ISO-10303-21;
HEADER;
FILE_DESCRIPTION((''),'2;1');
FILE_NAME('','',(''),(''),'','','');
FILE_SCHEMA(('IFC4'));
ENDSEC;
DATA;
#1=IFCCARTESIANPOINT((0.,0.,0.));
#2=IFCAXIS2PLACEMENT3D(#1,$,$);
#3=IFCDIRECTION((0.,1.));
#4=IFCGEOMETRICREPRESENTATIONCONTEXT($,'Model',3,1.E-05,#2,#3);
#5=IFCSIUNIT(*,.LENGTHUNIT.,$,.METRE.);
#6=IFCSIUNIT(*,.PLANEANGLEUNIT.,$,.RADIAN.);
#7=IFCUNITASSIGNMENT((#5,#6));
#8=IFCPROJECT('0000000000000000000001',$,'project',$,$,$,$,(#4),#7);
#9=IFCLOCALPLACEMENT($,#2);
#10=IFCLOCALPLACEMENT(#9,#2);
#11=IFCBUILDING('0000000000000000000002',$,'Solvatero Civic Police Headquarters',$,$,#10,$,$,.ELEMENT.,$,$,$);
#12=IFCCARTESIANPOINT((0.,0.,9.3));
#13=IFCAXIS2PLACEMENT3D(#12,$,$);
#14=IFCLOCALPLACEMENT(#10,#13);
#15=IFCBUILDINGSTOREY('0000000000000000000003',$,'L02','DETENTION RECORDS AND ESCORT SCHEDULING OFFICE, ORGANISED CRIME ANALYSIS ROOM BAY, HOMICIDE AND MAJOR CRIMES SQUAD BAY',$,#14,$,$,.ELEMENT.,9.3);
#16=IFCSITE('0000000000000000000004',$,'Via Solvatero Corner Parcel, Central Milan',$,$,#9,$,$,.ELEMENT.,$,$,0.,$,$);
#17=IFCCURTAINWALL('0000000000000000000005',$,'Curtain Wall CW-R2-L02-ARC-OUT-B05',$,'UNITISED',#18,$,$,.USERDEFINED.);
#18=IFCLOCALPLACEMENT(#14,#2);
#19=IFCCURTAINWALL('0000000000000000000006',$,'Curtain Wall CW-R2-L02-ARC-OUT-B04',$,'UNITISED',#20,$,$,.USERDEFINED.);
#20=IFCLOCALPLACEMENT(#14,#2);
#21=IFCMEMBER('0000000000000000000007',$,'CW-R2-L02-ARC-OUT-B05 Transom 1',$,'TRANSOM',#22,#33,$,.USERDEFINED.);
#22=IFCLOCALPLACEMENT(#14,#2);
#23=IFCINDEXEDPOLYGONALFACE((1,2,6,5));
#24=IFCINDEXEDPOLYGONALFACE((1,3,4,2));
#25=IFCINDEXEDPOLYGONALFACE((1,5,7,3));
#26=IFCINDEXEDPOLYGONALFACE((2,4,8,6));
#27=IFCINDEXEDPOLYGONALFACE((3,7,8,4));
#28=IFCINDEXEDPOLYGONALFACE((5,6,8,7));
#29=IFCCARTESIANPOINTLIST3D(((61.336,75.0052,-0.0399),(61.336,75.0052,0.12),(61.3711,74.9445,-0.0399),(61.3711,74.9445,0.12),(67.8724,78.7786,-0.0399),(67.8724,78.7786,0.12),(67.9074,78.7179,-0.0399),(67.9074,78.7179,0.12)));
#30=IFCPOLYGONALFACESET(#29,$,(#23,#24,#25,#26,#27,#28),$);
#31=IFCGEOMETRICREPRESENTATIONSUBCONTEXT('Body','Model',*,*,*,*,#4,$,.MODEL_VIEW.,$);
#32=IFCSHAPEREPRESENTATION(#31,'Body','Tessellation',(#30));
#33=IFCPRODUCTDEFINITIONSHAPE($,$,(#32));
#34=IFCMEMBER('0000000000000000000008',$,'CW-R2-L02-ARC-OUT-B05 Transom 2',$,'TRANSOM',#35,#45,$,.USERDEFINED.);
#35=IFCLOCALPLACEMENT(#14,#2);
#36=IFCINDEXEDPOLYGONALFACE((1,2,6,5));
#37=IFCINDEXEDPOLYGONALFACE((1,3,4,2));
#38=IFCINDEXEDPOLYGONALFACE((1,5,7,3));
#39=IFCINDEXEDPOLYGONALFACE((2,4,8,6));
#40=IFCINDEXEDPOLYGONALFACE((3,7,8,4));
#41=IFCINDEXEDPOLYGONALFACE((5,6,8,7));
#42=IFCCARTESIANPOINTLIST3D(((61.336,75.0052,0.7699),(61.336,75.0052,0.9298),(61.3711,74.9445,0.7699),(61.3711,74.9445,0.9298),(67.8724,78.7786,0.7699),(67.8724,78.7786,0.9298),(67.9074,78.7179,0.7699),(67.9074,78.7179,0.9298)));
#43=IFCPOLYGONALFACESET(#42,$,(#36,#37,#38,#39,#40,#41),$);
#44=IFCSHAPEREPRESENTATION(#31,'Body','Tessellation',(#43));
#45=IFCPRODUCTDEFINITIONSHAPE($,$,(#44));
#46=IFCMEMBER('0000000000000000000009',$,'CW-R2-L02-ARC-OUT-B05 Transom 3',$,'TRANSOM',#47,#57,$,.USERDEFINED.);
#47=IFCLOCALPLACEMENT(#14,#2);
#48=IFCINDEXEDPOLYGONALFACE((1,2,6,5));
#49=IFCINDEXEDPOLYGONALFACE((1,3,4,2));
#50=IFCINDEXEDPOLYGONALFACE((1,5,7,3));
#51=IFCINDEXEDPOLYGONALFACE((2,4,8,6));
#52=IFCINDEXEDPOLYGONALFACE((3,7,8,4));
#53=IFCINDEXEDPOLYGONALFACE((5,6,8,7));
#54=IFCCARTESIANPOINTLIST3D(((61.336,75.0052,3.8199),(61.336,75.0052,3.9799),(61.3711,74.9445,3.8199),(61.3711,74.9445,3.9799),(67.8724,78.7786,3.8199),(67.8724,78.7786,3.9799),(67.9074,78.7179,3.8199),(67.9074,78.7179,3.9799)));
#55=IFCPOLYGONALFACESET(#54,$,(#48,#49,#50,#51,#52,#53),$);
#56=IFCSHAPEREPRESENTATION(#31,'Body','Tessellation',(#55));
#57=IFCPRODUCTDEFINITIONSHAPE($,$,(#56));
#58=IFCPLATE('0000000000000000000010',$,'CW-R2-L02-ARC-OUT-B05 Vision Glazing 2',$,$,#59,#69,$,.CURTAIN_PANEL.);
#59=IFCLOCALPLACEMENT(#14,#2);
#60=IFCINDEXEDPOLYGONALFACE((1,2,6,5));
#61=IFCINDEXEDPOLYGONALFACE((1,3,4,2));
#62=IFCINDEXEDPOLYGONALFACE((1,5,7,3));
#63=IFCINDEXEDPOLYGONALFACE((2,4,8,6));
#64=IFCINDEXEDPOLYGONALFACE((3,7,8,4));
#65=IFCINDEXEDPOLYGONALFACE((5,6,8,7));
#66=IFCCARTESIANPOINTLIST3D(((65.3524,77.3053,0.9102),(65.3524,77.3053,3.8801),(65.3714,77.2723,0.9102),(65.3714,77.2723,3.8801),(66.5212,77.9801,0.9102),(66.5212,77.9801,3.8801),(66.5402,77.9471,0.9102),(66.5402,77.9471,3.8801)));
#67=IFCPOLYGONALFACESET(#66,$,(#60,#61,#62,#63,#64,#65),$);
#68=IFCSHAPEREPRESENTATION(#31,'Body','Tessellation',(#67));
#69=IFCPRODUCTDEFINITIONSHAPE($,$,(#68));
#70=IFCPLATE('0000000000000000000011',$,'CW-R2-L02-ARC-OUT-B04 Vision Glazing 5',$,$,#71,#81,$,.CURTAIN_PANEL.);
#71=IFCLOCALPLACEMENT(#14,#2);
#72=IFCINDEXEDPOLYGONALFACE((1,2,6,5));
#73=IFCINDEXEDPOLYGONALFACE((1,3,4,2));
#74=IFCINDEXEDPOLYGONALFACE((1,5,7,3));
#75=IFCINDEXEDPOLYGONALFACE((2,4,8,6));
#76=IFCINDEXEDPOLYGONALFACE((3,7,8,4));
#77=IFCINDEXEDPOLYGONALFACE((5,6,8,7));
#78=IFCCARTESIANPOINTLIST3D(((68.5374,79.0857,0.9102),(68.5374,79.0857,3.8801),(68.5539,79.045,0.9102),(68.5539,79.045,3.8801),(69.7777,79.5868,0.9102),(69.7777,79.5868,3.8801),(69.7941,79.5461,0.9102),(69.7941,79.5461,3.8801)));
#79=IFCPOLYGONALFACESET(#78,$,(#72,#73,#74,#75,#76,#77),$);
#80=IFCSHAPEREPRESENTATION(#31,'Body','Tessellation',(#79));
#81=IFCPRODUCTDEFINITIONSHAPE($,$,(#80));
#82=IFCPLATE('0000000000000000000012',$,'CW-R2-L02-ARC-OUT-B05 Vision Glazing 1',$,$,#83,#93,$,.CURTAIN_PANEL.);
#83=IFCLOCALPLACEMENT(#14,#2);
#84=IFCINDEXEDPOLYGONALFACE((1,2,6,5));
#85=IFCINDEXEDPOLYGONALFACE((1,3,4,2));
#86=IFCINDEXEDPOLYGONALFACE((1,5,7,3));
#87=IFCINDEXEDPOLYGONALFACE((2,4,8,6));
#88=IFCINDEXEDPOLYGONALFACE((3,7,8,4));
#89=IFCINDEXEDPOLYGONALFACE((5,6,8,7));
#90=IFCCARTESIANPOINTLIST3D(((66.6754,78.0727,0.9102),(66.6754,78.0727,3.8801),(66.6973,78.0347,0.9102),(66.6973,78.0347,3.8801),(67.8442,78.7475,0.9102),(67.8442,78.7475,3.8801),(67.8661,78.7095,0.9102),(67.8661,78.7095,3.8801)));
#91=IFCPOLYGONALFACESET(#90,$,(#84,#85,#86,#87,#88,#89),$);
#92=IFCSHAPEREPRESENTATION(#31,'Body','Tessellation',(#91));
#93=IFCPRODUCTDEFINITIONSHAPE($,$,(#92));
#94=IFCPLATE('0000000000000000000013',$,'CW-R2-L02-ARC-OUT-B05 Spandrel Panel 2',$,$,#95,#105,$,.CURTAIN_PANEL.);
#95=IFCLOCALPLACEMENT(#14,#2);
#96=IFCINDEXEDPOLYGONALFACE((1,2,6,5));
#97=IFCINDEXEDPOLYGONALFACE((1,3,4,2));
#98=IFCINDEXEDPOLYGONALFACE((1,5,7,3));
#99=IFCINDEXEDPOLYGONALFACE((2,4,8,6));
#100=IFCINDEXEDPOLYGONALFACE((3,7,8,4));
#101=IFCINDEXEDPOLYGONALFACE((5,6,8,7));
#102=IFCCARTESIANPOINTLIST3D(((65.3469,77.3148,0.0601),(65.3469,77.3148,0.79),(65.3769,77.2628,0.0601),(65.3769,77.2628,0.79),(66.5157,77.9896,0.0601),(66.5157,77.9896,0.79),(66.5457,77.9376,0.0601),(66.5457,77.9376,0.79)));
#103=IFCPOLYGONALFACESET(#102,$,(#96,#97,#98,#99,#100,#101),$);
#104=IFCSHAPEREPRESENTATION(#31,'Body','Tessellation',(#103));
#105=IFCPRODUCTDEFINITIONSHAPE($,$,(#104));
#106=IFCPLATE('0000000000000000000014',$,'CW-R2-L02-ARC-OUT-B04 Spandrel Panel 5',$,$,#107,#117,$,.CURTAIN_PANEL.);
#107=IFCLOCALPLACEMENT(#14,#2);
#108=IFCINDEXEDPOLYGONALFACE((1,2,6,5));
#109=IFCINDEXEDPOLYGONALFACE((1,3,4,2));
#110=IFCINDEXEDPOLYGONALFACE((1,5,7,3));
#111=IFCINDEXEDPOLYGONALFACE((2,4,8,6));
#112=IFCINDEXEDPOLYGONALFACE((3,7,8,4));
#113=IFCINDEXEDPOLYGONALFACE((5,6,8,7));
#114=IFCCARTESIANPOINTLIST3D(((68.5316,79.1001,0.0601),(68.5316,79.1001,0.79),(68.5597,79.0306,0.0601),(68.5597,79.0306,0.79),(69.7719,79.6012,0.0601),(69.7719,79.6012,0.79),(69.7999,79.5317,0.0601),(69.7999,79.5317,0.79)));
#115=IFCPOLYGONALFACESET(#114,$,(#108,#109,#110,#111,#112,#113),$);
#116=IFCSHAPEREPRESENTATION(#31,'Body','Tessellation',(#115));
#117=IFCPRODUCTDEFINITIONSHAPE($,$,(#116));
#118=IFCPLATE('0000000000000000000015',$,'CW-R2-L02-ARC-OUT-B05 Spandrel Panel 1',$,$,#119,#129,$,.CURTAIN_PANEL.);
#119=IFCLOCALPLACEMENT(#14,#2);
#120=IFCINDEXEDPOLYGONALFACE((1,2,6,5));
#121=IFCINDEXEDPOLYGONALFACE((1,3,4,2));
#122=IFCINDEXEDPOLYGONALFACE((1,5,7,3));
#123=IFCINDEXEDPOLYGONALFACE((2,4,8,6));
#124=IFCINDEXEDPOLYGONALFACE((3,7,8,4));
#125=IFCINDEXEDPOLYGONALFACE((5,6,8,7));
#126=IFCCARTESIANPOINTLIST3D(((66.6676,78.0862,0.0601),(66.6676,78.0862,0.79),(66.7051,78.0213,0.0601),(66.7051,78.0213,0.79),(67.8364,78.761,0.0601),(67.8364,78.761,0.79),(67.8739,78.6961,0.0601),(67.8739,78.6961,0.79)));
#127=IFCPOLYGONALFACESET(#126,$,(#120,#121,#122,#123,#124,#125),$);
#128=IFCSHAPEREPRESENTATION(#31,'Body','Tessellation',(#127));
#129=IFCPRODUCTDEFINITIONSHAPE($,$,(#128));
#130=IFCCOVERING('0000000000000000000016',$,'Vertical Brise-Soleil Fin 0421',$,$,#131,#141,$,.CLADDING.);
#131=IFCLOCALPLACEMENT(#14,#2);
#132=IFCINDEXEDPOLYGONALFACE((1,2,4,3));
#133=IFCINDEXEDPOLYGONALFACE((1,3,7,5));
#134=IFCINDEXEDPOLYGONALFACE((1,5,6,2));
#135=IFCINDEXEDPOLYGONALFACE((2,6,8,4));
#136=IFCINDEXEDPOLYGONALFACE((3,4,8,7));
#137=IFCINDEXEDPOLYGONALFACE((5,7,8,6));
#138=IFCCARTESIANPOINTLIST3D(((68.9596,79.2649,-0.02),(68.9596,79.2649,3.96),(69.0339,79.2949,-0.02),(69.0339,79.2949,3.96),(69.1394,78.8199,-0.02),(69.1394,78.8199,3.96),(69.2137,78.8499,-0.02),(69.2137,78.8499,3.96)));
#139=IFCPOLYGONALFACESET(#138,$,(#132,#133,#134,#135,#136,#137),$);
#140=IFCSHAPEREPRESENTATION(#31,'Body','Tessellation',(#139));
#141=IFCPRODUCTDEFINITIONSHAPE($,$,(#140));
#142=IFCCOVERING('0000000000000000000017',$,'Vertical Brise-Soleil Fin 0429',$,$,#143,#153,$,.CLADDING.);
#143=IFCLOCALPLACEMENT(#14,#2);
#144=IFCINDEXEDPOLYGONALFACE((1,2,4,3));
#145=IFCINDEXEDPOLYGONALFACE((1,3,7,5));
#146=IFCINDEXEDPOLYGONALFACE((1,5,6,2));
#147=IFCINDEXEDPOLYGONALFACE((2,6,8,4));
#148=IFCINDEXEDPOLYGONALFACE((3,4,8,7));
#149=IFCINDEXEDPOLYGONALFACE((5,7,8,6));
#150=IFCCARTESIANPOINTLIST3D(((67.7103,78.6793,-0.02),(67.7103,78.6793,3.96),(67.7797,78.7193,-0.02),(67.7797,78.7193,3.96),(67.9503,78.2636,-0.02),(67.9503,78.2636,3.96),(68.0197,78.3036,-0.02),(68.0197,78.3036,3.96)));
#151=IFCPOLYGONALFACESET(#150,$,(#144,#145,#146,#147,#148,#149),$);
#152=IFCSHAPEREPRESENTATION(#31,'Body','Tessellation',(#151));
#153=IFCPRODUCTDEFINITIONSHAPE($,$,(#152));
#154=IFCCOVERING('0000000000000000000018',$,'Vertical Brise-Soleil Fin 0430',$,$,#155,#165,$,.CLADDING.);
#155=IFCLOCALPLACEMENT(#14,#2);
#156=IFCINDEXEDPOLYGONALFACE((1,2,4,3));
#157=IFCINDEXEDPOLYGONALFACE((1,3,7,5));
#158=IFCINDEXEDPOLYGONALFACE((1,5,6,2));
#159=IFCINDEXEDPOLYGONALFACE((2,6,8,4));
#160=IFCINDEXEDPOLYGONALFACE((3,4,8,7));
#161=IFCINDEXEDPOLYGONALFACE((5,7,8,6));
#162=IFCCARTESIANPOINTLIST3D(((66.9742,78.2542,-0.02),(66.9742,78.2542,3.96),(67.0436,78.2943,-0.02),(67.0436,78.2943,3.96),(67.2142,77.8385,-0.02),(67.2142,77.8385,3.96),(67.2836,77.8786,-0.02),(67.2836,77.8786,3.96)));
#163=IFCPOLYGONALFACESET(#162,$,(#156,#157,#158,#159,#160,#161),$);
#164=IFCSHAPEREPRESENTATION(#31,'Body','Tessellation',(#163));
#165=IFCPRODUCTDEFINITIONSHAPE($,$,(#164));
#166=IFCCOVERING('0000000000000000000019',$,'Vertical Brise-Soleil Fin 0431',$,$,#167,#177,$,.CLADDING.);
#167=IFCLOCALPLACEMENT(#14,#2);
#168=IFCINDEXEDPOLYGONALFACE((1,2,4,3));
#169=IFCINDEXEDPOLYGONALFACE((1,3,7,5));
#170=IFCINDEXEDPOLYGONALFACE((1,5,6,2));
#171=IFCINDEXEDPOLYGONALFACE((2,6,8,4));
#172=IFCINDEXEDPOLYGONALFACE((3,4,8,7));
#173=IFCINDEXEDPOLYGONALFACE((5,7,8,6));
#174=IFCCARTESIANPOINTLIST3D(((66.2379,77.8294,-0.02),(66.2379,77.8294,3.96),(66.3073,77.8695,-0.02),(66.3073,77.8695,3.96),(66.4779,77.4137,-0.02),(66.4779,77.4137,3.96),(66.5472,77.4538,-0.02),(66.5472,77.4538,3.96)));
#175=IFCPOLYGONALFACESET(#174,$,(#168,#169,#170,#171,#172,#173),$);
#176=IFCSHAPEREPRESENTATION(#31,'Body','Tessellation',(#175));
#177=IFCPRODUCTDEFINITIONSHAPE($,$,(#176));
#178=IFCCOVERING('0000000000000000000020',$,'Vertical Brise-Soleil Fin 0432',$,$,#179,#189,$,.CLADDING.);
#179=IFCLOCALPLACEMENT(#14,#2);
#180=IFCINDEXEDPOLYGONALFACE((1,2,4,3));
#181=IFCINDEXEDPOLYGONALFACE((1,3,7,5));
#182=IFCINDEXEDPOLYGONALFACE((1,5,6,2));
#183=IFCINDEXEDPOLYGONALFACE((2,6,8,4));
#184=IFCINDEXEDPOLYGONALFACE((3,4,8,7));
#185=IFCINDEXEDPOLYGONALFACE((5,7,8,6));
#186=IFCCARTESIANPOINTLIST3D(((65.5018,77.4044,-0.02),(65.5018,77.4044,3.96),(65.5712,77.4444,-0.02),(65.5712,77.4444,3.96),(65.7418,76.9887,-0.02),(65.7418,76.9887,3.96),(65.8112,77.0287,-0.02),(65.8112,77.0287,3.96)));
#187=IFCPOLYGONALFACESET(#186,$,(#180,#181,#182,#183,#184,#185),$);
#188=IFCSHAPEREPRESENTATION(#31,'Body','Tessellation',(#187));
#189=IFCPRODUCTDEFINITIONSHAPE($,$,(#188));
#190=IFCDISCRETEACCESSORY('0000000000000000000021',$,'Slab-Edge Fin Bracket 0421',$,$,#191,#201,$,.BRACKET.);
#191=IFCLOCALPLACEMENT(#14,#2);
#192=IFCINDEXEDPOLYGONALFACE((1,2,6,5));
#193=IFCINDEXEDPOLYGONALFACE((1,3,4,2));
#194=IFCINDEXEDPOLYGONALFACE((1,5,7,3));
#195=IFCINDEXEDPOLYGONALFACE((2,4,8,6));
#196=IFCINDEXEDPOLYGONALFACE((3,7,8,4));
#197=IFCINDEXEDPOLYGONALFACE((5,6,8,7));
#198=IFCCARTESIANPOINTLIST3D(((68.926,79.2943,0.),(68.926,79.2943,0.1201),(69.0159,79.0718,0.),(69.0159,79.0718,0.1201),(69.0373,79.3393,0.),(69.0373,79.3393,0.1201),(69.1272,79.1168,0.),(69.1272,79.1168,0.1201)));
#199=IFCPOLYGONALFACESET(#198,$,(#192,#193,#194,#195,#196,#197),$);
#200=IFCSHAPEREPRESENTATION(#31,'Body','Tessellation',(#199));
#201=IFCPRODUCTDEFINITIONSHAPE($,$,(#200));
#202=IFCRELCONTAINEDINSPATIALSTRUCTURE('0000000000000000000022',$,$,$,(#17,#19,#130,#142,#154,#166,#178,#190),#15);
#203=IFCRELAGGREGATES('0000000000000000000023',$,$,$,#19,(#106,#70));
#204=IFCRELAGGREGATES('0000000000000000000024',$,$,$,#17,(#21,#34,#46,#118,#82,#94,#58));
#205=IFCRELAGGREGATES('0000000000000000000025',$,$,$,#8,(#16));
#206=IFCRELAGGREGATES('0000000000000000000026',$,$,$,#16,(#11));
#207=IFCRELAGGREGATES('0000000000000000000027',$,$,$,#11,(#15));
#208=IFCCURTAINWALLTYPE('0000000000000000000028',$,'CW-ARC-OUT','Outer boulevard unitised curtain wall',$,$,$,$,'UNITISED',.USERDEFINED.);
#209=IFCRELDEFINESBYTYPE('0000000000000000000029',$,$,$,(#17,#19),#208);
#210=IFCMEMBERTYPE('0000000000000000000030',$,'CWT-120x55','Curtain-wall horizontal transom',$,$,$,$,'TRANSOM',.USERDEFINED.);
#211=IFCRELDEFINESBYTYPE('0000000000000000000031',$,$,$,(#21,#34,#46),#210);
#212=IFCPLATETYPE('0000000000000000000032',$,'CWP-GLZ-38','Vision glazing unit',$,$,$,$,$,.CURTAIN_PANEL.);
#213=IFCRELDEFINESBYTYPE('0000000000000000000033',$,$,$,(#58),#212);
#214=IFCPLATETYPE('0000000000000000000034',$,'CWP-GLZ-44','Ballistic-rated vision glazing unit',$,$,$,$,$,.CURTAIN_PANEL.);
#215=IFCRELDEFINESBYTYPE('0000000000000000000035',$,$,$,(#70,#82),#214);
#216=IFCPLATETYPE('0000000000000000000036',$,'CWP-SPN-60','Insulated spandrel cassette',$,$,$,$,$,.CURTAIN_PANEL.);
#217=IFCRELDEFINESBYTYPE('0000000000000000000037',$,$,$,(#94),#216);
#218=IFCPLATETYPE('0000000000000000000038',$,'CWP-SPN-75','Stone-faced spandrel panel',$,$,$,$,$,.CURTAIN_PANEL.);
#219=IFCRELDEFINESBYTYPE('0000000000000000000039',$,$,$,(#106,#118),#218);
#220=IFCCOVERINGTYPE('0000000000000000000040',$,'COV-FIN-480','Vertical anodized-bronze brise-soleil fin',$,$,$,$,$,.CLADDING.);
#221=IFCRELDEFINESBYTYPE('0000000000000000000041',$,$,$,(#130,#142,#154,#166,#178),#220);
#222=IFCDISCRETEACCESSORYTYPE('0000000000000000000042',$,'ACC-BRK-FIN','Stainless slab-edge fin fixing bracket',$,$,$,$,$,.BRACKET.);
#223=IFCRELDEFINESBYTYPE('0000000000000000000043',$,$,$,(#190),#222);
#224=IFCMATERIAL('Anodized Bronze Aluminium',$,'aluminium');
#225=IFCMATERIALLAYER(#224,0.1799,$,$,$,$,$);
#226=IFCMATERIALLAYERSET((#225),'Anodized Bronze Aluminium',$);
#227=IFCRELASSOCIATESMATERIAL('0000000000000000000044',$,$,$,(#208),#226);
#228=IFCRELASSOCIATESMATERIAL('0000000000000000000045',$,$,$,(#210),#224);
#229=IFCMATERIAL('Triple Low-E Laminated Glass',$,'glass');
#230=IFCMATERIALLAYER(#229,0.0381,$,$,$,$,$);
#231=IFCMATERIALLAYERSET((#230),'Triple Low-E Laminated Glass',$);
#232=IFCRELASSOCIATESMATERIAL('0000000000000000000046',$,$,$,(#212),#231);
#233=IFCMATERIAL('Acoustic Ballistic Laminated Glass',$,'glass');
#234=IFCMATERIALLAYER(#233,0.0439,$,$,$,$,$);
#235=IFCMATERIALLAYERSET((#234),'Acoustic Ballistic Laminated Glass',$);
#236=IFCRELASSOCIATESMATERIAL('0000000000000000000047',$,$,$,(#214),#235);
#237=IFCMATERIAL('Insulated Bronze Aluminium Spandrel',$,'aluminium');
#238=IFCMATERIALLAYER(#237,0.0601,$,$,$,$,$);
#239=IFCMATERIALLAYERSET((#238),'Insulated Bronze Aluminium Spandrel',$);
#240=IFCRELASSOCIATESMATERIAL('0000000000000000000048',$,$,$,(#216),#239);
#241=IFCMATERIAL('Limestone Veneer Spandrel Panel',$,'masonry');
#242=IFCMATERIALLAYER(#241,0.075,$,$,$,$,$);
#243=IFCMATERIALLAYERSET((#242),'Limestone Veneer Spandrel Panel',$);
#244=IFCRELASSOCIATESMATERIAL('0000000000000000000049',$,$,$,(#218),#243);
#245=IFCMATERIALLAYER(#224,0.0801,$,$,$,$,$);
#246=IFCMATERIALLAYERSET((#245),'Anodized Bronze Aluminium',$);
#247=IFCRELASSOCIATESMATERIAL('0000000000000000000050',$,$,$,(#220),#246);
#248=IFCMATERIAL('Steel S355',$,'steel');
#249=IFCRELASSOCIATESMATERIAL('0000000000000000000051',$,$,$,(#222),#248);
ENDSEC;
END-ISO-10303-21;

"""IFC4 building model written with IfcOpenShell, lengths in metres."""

from ifc_helpers import new_model, si_unit, direction, frame, origin, origin_2d, place, context, subcontext, project, spatial, rectangle, extrude, material, layer, layer_set, material_profile, profile_set, type_object, element, aggregate, save


model = new_model("IFC4")

# Units and contexts
model_context = context("Model", 3, precision=1e-05, world=origin(), true_north=direction((0.0, 1.0)))
body_context = subcontext(model_context, "Body", "Model", "MODEL_VIEW")
ifc_project = project(units=[si_unit("LENGTHUNIT", "METRE"), si_unit("PLANEANGLEUNIT", "RADIAN")], contexts=[model_context])

# Site, building, storey
site_placement = place(None, origin())
site = spatial("IfcSite", under=ifc_project, at=site_placement, Name="Via Solvatero Corner Parcel, Central Milan", CompositionType="ELEMENT", RefElevation=0.0)
building_placement = place(site_placement, origin())
building = spatial("IfcBuilding", under=site, at=building_placement, Name="Solvatero Civic Police Headquarters", CompositionType="ELEMENT")
storey_placement = place(building_placement, frame((0.0, 0.0, 9.3)))
storey = spatial("IfcBuildingStorey", under=building, at=storey_placement, Name="L02", Description="DETENTION RECORDS AND ESCORT SCHEDULING OFFICE, ORGANISED CRIME ANALYSIS ROOM BAY, HOMICIDE AND MAJOR CRIMES SQUAD BAY", CompositionType="ELEMENT", Elevation=9.3)

# Shared definitions
ifc_material_1 = material(Name="Steel S355", Category="steel")

# Curtain wall
ifc_material_2 = material(Name="Anodized Bronze Aluminium", Category="aluminium")
ifc_layer_1 = layer(ifc_material_2, 0.1799)
ifc_layer_set_1 = layer_set([ifc_layer_1], Name="Anodized Bronze Aluminium")
curtain_wall_type = type_object("IfcCurtainWallType", Name="CW-ARC-OUT", Description="Outer boulevard unitised curtain wall", ElementType="UNITISED", PredefinedType="USERDEFINED", material=ifc_layer_set_1)
curtain_wall_1_placement = place(storey_placement, origin())
curtain_wall_1 = element("IfcCurtainWall", 1, at=curtain_wall_1_placement, inside=storey, type_object=curtain_wall_type, Name="Curtain Wall CW-R2-L02-ARC-OUT-B05", ObjectType="UNITISED", PredefinedType="USERDEFINED")

# Curtain wall
curtain_wall_2_placement = place(storey_placement, origin())
curtain_wall_2 = element("IfcCurtainWall", 2, at=curtain_wall_2_placement, inside=storey, type_object=curtain_wall_type, Name="Curtain Wall CW-R2-L02-ARC-OUT-B04", ObjectType="UNITISED", PredefinedType="USERDEFINED")

# Members
ifc_material_profile_1 = material_profile(ifc_material_2, rectangle(XDim=0.0701, YDim=0.1599, at=origin_2d()), Name="ALU TRANSOM 70x160")
ifc_profile_set_1 = profile_set([ifc_material_profile_1], Name="Anodized Bronze Aluminium")
member_type_1 = type_object("IfcMemberType", Name="CWT-120x55", Description="Curtain-wall horizontal transom", ElementType="TRANSOM", PredefinedType="USERDEFINED", material=ifc_profile_set_1)
member_1_placement = place(storey_placement, frame((67.8899, 78.7483, 0.04), z_axis=(-0.866045, -0.499966, 0.0), x_axis=(0.499966, -0.866045, 0.0)))
member_1 = element("IfcMember", 3, at=member_1_placement, type_object=member_type_1, Name="CW-R2-L02-ARC-OUT-B05 Transom 1", ObjectType="TRANSOM", PredefinedType="USERDEFINED", context=body_context, shape_type="SweptSolid", body=[
    extrude(rectangle(XDim=0.0701, YDim=0.1599, at=origin_2d()), origin(), (0.0, 0.0, 1.0), 7.5474),
])
member_2_placement = place(storey_placement, frame((67.8899, 78.7483, 0.8499), z_axis=(-0.866045, -0.499966, 0.0), x_axis=(0.499966, -0.866045, 0.0)))
member_2 = element("IfcMember", 4, at=member_2_placement, type_object=member_type_1, Name="CW-R2-L02-ARC-OUT-B05 Transom 2", ObjectType="TRANSOM", PredefinedType="USERDEFINED", context=body_context, shape_type="SweptSolid", body=[
    extrude(rectangle(XDim=0.0701, YDim=0.1599, at=origin_2d()), origin(), (0.0, 0.0, 1.0), 7.5474),
])
member_3_placement = place(storey_placement, frame((67.8899, 78.7483, 3.8999), z_axis=(-0.866045, -0.499966, 0.0), x_axis=(0.499966, -0.866045, 0.0)))
member_3 = element("IfcMember", 5, at=member_3_placement, type_object=member_type_1, Name="CW-R2-L02-ARC-OUT-B05 Transom 3", ObjectType="TRANSOM", PredefinedType="USERDEFINED", context=body_context, shape_type="SweptSolid", body=[
    extrude(rectangle(XDim=0.0701, YDim=0.1599, at=origin_2d()), origin(), (0.0, 0.0, 1.0), 7.5474),
])

# Plates
ifc_material_3 = material(Name="Triple Low-E Laminated Glass", Category="glass")
ifc_layer_2 = layer(ifc_material_3, 0.0381)
ifc_layer_set_2 = layer_set([ifc_layer_2], Name="Triple Low-E Laminated Glass")
plate_type_1 = type_object("IfcPlateType", Name="CWP-GLZ-38", Description="Vision glazing unit", PredefinedType="CURTAIN_PANEL", material=ifc_layer_set_2)
plate_1_placement = place(storey_placement, frame((65.9463, 77.6262, 0.9102), z_axis=(0.0, 0.0, 1.0), x_axis=(-0.866025, -0.5, 0.0)))
plate_1 = element("IfcPlate", 6, at=plate_1_placement, type_object=plate_type_1, Name="CW-R2-L02-ARC-OUT-B05 Vision Glazing 2", PredefinedType="CURTAIN_PANEL", context=body_context, shape_type="SweptSolid", body=[
    extrude(rectangle(XDim=1.3496, YDim=0.0381, at=origin_2d()), origin(), (0.0, 0.0, 1.0), 2.97),
])
ifc_material_4 = material(Name="Acoustic Ballistic Laminated Glass", Category="glass")
ifc_layer_3 = layer(ifc_material_4, 0.0439)
ifc_layer_set_3 = layer_set([ifc_layer_3], Name="Acoustic Ballistic Laminated Glass")
plate_type_2 = type_object("IfcPlateType", Name="CWP-GLZ-44", Description="Ballistic-rated vision glazing unit", PredefinedType="CURTAIN_PANEL", material=ifc_layer_set_3)
plate_2_placement = place(storey_placement, frame((69.1658, 79.3159, 0.9102), z_axis=(0.0, 0.0, 1.0), x_axis=(-0.927184, -0.374607, 0.0)))
plate_2 = element("IfcPlate", 7, at=plate_2_placement, type_object=plate_type_2, Name="CW-R2-L02-ARC-OUT-B04 Vision Glazing 5", PredefinedType="CURTAIN_PANEL", context=body_context, shape_type="SweptSolid", body=[
    extrude(rectangle(XDim=1.3376, YDim=0.0439, at=origin_2d()), origin(), (0.0, 0.0, 1.0), 2.97),
])
plate_3_placement = place(storey_placement, frame((67.2708, 78.3911, 0.9102), z_axis=(0.0, 0.0, 1.0), x_axis=(-0.866025, -0.5, 0.0)))
plate_3 = element("IfcPlate", 8, at=plate_3_placement, type_object=plate_type_2, Name="CW-R2-L02-ARC-OUT-B05 Vision Glazing 1", PredefinedType="CURTAIN_PANEL", context=body_context, shape_type="SweptSolid", body=[
    extrude(rectangle(XDim=1.3496, YDim=0.0439, at=origin_2d()), origin(), (0.0, 0.0, 1.0), 2.97),
])
ifc_material_5 = material(Name="Insulated Bronze Aluminium Spandrel", Category="aluminium")
ifc_layer_4 = layer(ifc_material_5, 0.0601)
ifc_layer_set_4 = layer_set([ifc_layer_4], Name="Insulated Bronze Aluminium Spandrel")
plate_type_3 = type_object("IfcPlateType", Name="CWP-SPN-60", Description="Insulated spandrel cassette", PredefinedType="CURTAIN_PANEL", material=ifc_layer_set_4)
plate_4_placement = place(storey_placement, frame((65.9463, 77.6262, 0.0601), z_axis=(0.0, 0.0, 1.0), x_axis=(-0.866025, -0.5, 0.0)))
plate_4 = element("IfcPlate", 9, at=plate_4_placement, type_object=plate_type_3, Name="CW-R2-L02-ARC-OUT-B05 Spandrel Panel 2", PredefinedType="CURTAIN_PANEL", context=body_context, shape_type="SweptSolid", body=[
    extrude(rectangle(XDim=1.3496, YDim=0.0601, at=origin_2d()), origin(), (0.0, 0.0, 1.0), 0.73),
])
ifc_material_6 = material(Name="Limestone Veneer Spandrel Panel", Category="masonry")
ifc_layer_5 = layer(ifc_material_6, 0.075)
ifc_layer_set_5 = layer_set([ifc_layer_5], Name="Limestone Veneer Spandrel Panel")
plate_type_4 = type_object("IfcPlateType", Name="CWP-SPN-75", Description="Stone-faced spandrel panel", PredefinedType="CURTAIN_PANEL", material=ifc_layer_set_5)
plate_5_placement = place(storey_placement, frame((69.1658, 79.3159, 0.0601), z_axis=(0.0, 0.0, 1.0), x_axis=(-0.927184, -0.374607, 0.0)))
plate_5 = element("IfcPlate", 10, at=plate_5_placement, type_object=plate_type_4, Name="CW-R2-L02-ARC-OUT-B04 Spandrel Panel 5", PredefinedType="CURTAIN_PANEL", context=body_context, shape_type="SweptSolid", body=[
    extrude(rectangle(XDim=1.3376, YDim=0.075, at=origin_2d()), origin(), (0.0, 0.0, 1.0), 0.73),
])
aggregate(curtain_wall_2, [plate_5, plate_2])
plate_6_placement = place(storey_placement, frame((67.2708, 78.3911, 0.0601), z_axis=(0.0, 0.0, 1.0), x_axis=(-0.866025, -0.5, 0.0)))
plate_6 = element("IfcPlate", 11, at=plate_6_placement, type_object=plate_type_4, Name="CW-R2-L02-ARC-OUT-B05 Spandrel Panel 1", PredefinedType="CURTAIN_PANEL", context=body_context, shape_type="SweptSolid", body=[
    extrude(rectangle(XDim=1.3496, YDim=0.075, at=origin_2d()), origin(), (0.0, 0.0, 1.0), 0.73),
])
aggregate(curtain_wall_1, [member_1, member_2, member_3, plate_6, plate_3, plate_4, plate_1])

# Coverings
ifc_layer_6 = layer(ifc_material_2, 0.0801)
ifc_layer_set_6 = layer_set([ifc_layer_6], Name="Anodized Bronze Aluminium")
covering_type = type_object("IfcCoveringType", Name="COV-FIN-480", Description="Vertical anodized-bronze brise-soleil fin", PredefinedType="CLADDING", material=ifc_layer_set_6)
for number, where, z_axis, x_axis, name in (
    (12, (69.0867, 79.0574, -0.02), (0.0, 0.0, 1.0), (-0.927184, -0.374607, 0.0), "Vertical Brise-Soleil Fin 0421"),
    (13, (67.865, 78.4915, -0.02), (0.0, 0.0, 1.0), (-0.866025, -0.5, 0.0), "Vertical Brise-Soleil Fin 0429"),
    (14, (67.1289, 78.0664, -0.02), (0.0, 0.0, 1.0), (-0.866025, -0.5, 0.0), "Vertical Brise-Soleil Fin 0430"),
    (15, (66.3926, 77.6416, -0.02), (0.0, 0.0, 1.0), (-0.866025, -0.5, 0.0), "Vertical Brise-Soleil Fin 0431"),
    (16, (65.6565, 77.2166, -0.02), (0.0, 0.0, 1.0), (-0.866025, -0.5, 0.0), "Vertical Brise-Soleil Fin 0432"),
):
    element("IfcCovering", number, at=place(storey_placement, frame(where, z_axis=z_axis, x_axis=x_axis)), inside=storey, type_object=covering_type, Name=name, PredefinedType="CLADDING", context=body_context, shape_type="SweptSolid", body=[
        extrude(rectangle(XDim=0.0801, YDim=0.48, at=origin_2d()), origin(), (0.0, 0.0, 1.0), 3.98),
    ])

# Discrete accessory
discrete_accessory_type = type_object("IfcDiscreteAccessoryType", Name="ACC-BRK-FIN", Description="Stainless slab-edge fin fixing bracket", PredefinedType="BRACKET", material=ifc_material_1)
for number, where, z_axis, x_axis, name in (
    (17, (69.0266, 79.2056, 0.0), (0.0, 0.0, 1.0), (-0.927184, -0.374607, 0.0), "Slab-Edge Fin Bracket 0421"),
):
    element("IfcDiscreteAccessory", number, at=place(storey_placement, frame(where, z_axis=z_axis, x_axis=x_axis)), inside=storey, type_object=discrete_accessory_type, Name=name, PredefinedType="BRACKET", context=body_context, shape_type="SweptSolid", body=[
        extrude(rectangle(XDim=0.1201, YDim=0.24, at=origin_2d()), origin(), (0.0, 0.0, 1.0), 0.1201),
    ])

save(model, "model.ifc")
